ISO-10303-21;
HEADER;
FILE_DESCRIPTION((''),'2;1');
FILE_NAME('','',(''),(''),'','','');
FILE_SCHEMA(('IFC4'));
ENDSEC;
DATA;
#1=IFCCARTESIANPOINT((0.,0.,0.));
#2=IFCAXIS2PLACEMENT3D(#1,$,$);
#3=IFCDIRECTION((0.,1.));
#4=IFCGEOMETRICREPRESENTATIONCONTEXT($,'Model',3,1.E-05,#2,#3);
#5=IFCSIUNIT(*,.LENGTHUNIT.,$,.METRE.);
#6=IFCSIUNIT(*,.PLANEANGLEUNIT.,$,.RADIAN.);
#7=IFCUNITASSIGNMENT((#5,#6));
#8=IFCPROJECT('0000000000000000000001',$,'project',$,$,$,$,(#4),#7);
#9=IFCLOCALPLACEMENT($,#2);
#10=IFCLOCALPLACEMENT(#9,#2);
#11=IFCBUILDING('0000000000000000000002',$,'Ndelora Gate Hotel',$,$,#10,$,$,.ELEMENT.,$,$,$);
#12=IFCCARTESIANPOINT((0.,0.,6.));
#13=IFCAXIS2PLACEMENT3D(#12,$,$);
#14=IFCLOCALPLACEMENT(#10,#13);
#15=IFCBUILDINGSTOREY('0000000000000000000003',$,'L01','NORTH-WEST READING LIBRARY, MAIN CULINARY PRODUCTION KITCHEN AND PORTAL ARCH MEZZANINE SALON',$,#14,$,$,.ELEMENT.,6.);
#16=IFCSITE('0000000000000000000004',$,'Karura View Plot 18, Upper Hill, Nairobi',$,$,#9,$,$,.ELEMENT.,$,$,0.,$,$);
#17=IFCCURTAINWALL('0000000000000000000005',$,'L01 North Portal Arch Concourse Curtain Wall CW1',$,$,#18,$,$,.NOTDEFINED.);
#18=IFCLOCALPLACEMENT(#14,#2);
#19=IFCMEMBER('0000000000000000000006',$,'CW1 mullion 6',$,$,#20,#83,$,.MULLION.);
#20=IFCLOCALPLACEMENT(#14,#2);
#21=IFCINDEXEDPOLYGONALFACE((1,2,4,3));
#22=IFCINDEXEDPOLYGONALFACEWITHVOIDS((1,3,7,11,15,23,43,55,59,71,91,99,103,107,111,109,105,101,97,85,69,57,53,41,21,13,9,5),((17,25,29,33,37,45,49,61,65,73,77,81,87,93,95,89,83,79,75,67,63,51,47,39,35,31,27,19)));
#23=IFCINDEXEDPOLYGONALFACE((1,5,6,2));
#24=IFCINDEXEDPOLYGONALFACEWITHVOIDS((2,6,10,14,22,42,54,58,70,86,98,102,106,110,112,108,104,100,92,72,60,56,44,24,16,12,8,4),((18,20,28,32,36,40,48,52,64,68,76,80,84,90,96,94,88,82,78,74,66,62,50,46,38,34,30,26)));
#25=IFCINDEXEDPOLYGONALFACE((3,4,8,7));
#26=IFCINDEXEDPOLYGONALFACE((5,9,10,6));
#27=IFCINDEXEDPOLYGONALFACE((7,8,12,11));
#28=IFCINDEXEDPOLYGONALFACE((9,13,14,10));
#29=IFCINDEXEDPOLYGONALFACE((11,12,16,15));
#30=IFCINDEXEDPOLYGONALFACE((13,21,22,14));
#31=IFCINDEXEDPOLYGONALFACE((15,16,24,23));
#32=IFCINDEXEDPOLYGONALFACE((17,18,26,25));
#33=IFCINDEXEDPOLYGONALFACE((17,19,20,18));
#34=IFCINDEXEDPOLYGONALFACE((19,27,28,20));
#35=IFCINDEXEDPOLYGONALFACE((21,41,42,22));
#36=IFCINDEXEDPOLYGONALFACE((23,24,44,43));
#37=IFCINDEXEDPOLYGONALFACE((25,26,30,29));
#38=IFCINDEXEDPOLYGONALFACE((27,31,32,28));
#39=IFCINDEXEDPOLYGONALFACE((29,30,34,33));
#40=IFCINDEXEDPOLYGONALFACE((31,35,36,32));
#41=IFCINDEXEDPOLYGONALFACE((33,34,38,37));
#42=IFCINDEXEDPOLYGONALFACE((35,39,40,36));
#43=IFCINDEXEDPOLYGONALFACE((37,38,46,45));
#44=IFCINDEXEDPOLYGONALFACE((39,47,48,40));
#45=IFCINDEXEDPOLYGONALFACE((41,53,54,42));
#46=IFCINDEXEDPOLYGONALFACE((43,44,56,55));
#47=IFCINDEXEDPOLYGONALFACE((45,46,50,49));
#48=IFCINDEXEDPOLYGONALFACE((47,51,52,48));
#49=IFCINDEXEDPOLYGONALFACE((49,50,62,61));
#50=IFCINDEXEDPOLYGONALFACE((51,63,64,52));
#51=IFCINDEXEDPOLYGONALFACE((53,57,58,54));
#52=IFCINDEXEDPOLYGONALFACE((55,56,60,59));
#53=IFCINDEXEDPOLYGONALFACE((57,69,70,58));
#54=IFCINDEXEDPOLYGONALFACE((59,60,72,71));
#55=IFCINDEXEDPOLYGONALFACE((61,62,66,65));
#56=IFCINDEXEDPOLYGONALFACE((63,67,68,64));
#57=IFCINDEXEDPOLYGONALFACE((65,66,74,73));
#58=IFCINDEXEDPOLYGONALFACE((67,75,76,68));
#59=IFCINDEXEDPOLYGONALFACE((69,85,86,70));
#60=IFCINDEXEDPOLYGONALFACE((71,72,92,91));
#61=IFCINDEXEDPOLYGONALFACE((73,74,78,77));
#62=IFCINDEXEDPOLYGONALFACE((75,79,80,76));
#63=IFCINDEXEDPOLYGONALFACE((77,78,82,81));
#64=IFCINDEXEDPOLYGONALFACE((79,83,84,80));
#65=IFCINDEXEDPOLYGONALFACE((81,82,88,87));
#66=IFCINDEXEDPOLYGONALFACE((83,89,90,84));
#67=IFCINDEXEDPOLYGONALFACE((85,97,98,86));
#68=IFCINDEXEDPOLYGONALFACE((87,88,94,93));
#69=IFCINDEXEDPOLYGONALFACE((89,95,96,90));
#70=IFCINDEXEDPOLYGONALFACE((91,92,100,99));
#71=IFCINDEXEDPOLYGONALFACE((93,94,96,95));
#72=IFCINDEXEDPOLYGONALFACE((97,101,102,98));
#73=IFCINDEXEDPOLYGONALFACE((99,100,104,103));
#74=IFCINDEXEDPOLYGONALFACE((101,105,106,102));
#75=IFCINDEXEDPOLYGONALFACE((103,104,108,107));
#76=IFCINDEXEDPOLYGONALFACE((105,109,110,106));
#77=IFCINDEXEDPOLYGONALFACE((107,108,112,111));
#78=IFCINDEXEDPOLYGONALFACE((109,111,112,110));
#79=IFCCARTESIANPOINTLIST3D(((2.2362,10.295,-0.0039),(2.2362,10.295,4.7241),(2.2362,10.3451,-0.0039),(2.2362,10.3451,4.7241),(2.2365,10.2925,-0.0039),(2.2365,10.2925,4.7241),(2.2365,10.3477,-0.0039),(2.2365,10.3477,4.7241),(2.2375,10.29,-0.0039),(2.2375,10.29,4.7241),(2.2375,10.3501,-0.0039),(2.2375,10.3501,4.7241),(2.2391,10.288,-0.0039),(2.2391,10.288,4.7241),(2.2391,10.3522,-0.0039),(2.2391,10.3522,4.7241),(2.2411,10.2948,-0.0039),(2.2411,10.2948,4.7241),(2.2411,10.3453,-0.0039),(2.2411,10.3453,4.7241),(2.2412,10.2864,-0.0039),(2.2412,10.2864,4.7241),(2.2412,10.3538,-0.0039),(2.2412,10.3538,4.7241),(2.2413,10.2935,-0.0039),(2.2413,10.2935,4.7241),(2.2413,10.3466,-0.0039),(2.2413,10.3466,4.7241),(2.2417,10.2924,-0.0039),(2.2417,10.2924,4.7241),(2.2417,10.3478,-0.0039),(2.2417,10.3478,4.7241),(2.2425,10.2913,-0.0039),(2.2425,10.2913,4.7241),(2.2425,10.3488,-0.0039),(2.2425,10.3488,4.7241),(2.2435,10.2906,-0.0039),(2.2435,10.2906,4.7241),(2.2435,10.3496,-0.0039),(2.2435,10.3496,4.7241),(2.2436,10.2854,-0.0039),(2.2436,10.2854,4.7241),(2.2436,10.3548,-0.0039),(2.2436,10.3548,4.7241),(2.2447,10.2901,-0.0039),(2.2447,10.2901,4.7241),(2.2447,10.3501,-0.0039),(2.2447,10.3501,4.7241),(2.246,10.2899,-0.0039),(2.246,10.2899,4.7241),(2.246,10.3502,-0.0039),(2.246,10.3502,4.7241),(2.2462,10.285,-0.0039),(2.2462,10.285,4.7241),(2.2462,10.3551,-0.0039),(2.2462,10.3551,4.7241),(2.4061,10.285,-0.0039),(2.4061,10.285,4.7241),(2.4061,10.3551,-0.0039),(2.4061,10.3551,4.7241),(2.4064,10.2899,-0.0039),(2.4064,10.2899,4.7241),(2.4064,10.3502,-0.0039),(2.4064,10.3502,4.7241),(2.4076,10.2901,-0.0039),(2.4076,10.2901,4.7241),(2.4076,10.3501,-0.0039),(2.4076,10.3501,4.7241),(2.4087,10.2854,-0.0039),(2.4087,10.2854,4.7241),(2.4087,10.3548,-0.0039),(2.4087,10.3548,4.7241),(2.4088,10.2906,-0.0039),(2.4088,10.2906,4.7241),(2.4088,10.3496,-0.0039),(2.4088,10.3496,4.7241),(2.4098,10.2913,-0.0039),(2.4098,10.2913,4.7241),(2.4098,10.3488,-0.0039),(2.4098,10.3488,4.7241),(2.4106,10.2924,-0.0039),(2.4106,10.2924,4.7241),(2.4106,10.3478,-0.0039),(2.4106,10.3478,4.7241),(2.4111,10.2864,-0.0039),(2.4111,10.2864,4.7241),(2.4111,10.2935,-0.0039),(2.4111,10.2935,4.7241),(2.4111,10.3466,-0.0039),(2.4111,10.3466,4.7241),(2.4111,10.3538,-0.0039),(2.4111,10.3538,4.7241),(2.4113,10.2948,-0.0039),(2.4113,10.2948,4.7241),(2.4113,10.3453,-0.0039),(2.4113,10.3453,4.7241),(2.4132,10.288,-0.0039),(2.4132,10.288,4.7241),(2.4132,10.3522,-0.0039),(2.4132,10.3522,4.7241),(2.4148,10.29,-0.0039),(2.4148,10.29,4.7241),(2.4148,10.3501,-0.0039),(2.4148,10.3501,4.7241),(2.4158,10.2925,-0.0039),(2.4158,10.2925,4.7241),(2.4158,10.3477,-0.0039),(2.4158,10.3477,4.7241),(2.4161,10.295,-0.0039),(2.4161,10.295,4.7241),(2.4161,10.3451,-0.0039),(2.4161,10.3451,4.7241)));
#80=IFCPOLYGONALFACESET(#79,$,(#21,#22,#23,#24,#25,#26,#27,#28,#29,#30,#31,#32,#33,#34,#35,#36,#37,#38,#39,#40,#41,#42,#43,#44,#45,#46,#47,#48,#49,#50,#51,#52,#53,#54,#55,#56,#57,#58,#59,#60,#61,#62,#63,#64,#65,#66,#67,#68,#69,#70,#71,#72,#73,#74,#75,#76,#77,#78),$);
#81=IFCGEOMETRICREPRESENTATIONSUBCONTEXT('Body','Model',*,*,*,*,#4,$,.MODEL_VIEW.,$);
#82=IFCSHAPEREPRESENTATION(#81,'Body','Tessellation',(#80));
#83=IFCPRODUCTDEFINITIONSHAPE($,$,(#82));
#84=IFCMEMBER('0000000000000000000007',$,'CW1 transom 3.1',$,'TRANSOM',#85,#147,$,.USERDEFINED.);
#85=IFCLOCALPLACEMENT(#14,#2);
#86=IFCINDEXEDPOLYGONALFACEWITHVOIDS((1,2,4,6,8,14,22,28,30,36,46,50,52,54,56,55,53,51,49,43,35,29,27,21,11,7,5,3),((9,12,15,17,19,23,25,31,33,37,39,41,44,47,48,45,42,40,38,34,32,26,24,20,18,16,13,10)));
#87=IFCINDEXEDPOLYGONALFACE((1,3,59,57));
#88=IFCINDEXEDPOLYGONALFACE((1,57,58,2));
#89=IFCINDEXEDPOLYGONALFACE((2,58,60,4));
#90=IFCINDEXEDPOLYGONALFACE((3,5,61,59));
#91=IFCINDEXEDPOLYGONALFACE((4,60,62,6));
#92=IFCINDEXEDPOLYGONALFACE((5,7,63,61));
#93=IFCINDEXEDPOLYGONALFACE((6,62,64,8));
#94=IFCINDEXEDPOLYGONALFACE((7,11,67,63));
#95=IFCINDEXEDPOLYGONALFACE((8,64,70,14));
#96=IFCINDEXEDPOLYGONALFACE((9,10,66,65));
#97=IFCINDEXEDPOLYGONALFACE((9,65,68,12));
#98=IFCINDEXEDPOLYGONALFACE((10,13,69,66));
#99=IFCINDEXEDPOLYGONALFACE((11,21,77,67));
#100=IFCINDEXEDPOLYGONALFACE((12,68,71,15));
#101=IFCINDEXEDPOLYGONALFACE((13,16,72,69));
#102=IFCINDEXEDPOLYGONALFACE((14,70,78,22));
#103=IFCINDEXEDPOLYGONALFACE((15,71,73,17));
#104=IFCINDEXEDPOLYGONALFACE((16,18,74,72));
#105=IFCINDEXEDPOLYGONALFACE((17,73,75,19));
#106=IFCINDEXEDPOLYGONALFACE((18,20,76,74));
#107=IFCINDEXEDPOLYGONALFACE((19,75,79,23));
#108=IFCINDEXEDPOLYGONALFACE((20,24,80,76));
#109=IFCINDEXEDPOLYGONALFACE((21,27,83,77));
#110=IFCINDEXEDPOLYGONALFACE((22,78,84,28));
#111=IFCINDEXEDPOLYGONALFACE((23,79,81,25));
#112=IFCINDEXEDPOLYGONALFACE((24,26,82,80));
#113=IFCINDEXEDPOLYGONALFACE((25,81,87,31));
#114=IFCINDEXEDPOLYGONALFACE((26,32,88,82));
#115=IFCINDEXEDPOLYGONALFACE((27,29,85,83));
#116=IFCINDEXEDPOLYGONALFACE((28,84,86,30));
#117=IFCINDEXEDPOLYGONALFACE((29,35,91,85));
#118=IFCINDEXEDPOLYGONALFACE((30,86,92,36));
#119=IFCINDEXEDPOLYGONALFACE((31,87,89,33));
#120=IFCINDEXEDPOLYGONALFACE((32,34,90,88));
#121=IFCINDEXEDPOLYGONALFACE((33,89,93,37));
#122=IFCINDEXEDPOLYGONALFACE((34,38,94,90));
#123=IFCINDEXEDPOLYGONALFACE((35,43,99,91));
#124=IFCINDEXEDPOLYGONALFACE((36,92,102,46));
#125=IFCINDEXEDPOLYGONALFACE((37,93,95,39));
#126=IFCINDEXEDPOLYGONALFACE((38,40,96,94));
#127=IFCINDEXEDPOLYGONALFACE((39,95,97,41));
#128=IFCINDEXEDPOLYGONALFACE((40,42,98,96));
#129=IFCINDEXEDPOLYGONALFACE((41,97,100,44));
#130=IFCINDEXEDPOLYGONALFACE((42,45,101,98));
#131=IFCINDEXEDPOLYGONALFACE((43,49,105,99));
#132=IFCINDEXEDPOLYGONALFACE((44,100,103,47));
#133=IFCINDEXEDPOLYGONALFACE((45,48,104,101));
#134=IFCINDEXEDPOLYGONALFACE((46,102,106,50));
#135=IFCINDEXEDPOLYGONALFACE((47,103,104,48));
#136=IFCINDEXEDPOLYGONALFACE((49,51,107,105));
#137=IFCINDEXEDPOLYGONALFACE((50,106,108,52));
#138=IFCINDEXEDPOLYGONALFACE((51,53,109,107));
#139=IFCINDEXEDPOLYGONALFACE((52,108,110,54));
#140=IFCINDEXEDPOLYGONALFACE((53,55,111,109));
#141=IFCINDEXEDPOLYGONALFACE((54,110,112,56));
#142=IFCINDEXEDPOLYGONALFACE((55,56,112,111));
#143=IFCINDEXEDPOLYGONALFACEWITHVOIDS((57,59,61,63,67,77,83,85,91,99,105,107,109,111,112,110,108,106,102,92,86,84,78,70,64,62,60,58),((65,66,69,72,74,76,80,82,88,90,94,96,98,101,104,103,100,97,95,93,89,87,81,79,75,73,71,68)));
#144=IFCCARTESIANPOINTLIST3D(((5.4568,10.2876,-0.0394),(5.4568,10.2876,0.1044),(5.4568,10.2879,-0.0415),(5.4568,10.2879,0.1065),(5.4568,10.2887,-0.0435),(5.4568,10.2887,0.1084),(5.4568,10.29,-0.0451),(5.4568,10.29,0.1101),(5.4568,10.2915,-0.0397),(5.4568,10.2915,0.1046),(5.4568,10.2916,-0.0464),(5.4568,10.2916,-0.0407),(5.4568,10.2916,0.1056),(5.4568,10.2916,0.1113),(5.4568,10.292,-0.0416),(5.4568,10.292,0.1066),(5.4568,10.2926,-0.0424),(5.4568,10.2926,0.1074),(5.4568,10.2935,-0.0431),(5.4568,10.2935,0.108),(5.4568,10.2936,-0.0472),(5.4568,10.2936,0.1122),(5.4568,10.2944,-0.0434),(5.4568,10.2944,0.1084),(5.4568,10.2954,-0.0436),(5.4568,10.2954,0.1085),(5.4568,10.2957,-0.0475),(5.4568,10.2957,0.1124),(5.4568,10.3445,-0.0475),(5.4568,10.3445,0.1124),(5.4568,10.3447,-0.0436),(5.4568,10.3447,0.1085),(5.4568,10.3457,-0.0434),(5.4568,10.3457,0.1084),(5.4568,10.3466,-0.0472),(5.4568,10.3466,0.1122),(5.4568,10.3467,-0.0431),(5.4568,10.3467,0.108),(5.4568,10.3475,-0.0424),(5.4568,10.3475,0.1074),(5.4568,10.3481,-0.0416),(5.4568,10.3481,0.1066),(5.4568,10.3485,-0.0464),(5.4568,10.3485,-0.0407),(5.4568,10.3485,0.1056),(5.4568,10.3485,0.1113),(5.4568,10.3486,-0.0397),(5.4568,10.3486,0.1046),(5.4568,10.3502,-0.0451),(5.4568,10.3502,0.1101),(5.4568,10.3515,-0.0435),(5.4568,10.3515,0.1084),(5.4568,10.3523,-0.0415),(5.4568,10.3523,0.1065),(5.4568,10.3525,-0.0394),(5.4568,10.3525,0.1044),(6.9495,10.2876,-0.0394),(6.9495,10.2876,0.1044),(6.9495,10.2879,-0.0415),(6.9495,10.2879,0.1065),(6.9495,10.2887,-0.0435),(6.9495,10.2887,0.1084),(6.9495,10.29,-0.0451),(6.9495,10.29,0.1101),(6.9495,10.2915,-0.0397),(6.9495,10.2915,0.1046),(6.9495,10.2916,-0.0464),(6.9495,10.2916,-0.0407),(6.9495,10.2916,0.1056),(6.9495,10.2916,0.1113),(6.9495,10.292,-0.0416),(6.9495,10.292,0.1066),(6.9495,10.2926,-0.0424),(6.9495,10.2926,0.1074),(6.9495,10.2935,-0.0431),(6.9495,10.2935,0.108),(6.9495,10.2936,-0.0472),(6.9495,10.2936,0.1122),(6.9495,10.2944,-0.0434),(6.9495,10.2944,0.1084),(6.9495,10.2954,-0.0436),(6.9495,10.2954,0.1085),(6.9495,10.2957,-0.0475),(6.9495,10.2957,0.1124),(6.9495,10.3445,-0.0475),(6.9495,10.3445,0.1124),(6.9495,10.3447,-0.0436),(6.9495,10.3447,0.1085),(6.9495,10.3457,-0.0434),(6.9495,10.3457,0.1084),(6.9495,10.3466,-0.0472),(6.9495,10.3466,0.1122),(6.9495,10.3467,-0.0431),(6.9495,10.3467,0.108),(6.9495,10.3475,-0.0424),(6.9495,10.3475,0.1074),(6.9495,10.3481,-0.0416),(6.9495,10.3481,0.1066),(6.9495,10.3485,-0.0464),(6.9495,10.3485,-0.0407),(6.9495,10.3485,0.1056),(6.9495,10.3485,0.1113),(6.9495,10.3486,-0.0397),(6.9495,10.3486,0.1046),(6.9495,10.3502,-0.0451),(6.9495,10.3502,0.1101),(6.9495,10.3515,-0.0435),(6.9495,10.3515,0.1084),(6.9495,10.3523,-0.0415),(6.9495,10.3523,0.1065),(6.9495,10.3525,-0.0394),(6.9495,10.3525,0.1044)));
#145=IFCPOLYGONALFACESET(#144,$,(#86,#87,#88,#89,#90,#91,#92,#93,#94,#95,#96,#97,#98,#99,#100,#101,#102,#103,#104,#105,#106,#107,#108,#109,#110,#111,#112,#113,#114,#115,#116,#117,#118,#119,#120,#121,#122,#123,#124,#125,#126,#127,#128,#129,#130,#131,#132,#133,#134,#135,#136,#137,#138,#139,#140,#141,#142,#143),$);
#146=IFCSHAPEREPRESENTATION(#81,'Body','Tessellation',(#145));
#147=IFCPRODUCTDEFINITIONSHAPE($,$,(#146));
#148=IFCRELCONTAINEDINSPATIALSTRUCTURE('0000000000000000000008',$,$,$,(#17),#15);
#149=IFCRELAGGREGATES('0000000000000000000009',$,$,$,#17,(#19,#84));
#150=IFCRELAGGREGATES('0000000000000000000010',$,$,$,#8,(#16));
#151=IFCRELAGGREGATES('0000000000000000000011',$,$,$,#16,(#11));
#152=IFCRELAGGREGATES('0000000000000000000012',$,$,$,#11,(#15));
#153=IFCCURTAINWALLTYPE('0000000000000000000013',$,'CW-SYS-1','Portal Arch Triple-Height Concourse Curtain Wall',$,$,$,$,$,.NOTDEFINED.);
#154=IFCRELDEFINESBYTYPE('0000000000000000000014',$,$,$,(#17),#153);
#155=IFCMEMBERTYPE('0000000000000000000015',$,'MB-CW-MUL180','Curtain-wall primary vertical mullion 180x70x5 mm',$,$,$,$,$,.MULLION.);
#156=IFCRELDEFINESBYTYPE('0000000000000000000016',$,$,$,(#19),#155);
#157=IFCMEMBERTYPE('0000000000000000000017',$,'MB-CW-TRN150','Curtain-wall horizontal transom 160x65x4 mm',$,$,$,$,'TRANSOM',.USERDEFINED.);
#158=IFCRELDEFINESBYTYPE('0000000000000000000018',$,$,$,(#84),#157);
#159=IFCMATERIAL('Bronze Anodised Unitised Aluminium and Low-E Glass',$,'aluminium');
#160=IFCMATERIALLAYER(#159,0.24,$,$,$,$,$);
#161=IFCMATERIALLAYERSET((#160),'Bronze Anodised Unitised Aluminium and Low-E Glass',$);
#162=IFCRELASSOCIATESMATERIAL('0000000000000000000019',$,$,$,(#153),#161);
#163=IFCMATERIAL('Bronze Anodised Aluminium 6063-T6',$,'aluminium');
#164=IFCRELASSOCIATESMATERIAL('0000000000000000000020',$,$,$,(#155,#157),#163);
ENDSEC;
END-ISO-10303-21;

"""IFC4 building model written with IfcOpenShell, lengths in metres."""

from ifc_helpers import new_model, si_unit, direction, frame, origin, origin_2d, place, context, subcontext, project, spatial, hollow_rectangle, extrude, material, layer, layer_set, material_profile, profile_set, type_object, element, aggregate, save


model = new_model("IFC4")

# Units and contexts
model_context = context("Model", 3, precision=1e-05, world=origin(), true_north=direction((0.0, 1.0)))
body_context = subcontext(model_context, "Body", "Model", "MODEL_VIEW")
ifc_project = project(units=[si_unit("LENGTHUNIT", "METRE"), si_unit("PLANEANGLEUNIT", "RADIAN")], contexts=[model_context])

# Site, building, storey
site_placement = place(None, origin())
site = spatial("IfcSite", under=ifc_project, at=site_placement, Name="Karura View Plot 18, Upper Hill, Nairobi", CompositionType="ELEMENT", RefElevation=0.0)
building_placement = place(site_placement, origin())
building = spatial("IfcBuilding", under=site, at=building_placement, Name="Ndelora Gate Hotel", CompositionType="ELEMENT")
storey_placement = place(building_placement, frame((0.0, 0.0, 6.0)))
storey = spatial("IfcBuildingStorey", under=building, at=storey_placement, Name="L01", Description="NORTH-WEST READING LIBRARY, MAIN CULINARY PRODUCTION KITCHEN AND PORTAL ARCH MEZZANINE SALON", CompositionType="ELEMENT", Elevation=6.0)

# Curtain wall, members
ifc_material_1 = material(Name="Bronze Anodised Unitised Aluminium and Low-E Glass", Category="aluminium")
ifc_layer_1 = layer(ifc_material_1, 0.24)
ifc_layer_set_1 = layer_set([ifc_layer_1], Name="Bronze Anodised Unitised Aluminium and Low-E Glass")
curtain_wall_type = type_object("IfcCurtainWallType", Name="CW-SYS-1", Description="Portal Arch Triple-Height Concourse Curtain Wall", PredefinedType="NOTDEFINED", material=ifc_layer_set_1)
curtain_wall_placement = place(storey_placement, origin())
curtain_wall = element("IfcCurtainWall", 1, at=curtain_wall_placement, inside=storey, type_object=curtain_wall_type, Name="L01 North Portal Arch Concourse Curtain Wall CW1", PredefinedType="NOTDEFINED")
ifc_material_2 = material(Name="Bronze Anodised Aluminium 6063-T6", Category="aluminium")
ifc_material_profile_1 = material_profile(ifc_material_2, hollow_rectangle(XDim=0.0701, YDim=0.1799, WallThickness=0.0049, InnerFilletRadius=0.0049, OuterFilletRadius=0.01, at=origin_2d()), Name="ALU 180x70x5")
ifc_profile_set_1 = profile_set([ifc_material_profile_1], Name="Bronze Anodised Aluminium 6063-T6")
member_type_1 = type_object("IfcMemberType", Name="MB-CW-MUL180", Description="Curtain-wall primary vertical mullion 180x70x5 mm", PredefinedType="MULLION", material=ifc_profile_set_1)
member_1_placement = place(storey_placement, frame((2.3262, 10.3201, -0.0039), z_axis=(0.0, 0.0, 1.0), x_axis=(0.0, -1.0, 0.0)))
member_1 = element("IfcMember", 2, at=member_1_placement, type_object=member_type_1, Name="CW1 mullion 6", PredefinedType="MULLION", context=body_context, shape_type="SweptSolid", body=[
    extrude(hollow_rectangle(XDim=0.0701, YDim=0.1799, WallThickness=0.0049, InnerFilletRadius=0.0049, OuterFilletRadius=0.01, at=origin_2d()), origin(), (0.0, 0.0, 1.0), 4.728),
])
ifc_material_profile_2 = material_profile(ifc_material_2, hollow_rectangle(XDim=0.0649, YDim=0.1599, WallThickness=0.0039, InnerFilletRadius=0.0039, OuterFilletRadius=0.0081, at=origin_2d()), Name="ALU 160x65x4")
ifc_profile_set_2 = profile_set([ifc_material_profile_2], Name="Bronze Anodised Aluminium 6063-T6")
member_type_2 = type_object("IfcMemberType", Name="MB-CW-TRN150", Description="Curtain-wall horizontal transom 160x65x4 mm", ElementType="TRANSOM", PredefinedType="USERDEFINED", material=ifc_profile_set_2)
member_2_placement = place(storey_placement, frame((6.9495, 10.3201, 0.0325), z_axis=(-1.0, 0.0, 0.0), x_axis=(0.0, -1.0, 0.0)))
member_2 = element("IfcMember", 3, at=member_2_placement, type_object=member_type_2, Name="CW1 transom 3.1", ObjectType="TRANSOM", PredefinedType="USERDEFINED", context=body_context, shape_type="SweptSolid", body=[
    extrude(hollow_rectangle(XDim=0.0649, YDim=0.1599, WallThickness=0.0039, InnerFilletRadius=0.0039, OuterFilletRadius=0.0081, at=origin_2d()), origin(), (0.0, 0.0, 1.0), 1.4927),
])
aggregate(curtain_wall, [member_1, member_2])

save(model, "model.ifc")
